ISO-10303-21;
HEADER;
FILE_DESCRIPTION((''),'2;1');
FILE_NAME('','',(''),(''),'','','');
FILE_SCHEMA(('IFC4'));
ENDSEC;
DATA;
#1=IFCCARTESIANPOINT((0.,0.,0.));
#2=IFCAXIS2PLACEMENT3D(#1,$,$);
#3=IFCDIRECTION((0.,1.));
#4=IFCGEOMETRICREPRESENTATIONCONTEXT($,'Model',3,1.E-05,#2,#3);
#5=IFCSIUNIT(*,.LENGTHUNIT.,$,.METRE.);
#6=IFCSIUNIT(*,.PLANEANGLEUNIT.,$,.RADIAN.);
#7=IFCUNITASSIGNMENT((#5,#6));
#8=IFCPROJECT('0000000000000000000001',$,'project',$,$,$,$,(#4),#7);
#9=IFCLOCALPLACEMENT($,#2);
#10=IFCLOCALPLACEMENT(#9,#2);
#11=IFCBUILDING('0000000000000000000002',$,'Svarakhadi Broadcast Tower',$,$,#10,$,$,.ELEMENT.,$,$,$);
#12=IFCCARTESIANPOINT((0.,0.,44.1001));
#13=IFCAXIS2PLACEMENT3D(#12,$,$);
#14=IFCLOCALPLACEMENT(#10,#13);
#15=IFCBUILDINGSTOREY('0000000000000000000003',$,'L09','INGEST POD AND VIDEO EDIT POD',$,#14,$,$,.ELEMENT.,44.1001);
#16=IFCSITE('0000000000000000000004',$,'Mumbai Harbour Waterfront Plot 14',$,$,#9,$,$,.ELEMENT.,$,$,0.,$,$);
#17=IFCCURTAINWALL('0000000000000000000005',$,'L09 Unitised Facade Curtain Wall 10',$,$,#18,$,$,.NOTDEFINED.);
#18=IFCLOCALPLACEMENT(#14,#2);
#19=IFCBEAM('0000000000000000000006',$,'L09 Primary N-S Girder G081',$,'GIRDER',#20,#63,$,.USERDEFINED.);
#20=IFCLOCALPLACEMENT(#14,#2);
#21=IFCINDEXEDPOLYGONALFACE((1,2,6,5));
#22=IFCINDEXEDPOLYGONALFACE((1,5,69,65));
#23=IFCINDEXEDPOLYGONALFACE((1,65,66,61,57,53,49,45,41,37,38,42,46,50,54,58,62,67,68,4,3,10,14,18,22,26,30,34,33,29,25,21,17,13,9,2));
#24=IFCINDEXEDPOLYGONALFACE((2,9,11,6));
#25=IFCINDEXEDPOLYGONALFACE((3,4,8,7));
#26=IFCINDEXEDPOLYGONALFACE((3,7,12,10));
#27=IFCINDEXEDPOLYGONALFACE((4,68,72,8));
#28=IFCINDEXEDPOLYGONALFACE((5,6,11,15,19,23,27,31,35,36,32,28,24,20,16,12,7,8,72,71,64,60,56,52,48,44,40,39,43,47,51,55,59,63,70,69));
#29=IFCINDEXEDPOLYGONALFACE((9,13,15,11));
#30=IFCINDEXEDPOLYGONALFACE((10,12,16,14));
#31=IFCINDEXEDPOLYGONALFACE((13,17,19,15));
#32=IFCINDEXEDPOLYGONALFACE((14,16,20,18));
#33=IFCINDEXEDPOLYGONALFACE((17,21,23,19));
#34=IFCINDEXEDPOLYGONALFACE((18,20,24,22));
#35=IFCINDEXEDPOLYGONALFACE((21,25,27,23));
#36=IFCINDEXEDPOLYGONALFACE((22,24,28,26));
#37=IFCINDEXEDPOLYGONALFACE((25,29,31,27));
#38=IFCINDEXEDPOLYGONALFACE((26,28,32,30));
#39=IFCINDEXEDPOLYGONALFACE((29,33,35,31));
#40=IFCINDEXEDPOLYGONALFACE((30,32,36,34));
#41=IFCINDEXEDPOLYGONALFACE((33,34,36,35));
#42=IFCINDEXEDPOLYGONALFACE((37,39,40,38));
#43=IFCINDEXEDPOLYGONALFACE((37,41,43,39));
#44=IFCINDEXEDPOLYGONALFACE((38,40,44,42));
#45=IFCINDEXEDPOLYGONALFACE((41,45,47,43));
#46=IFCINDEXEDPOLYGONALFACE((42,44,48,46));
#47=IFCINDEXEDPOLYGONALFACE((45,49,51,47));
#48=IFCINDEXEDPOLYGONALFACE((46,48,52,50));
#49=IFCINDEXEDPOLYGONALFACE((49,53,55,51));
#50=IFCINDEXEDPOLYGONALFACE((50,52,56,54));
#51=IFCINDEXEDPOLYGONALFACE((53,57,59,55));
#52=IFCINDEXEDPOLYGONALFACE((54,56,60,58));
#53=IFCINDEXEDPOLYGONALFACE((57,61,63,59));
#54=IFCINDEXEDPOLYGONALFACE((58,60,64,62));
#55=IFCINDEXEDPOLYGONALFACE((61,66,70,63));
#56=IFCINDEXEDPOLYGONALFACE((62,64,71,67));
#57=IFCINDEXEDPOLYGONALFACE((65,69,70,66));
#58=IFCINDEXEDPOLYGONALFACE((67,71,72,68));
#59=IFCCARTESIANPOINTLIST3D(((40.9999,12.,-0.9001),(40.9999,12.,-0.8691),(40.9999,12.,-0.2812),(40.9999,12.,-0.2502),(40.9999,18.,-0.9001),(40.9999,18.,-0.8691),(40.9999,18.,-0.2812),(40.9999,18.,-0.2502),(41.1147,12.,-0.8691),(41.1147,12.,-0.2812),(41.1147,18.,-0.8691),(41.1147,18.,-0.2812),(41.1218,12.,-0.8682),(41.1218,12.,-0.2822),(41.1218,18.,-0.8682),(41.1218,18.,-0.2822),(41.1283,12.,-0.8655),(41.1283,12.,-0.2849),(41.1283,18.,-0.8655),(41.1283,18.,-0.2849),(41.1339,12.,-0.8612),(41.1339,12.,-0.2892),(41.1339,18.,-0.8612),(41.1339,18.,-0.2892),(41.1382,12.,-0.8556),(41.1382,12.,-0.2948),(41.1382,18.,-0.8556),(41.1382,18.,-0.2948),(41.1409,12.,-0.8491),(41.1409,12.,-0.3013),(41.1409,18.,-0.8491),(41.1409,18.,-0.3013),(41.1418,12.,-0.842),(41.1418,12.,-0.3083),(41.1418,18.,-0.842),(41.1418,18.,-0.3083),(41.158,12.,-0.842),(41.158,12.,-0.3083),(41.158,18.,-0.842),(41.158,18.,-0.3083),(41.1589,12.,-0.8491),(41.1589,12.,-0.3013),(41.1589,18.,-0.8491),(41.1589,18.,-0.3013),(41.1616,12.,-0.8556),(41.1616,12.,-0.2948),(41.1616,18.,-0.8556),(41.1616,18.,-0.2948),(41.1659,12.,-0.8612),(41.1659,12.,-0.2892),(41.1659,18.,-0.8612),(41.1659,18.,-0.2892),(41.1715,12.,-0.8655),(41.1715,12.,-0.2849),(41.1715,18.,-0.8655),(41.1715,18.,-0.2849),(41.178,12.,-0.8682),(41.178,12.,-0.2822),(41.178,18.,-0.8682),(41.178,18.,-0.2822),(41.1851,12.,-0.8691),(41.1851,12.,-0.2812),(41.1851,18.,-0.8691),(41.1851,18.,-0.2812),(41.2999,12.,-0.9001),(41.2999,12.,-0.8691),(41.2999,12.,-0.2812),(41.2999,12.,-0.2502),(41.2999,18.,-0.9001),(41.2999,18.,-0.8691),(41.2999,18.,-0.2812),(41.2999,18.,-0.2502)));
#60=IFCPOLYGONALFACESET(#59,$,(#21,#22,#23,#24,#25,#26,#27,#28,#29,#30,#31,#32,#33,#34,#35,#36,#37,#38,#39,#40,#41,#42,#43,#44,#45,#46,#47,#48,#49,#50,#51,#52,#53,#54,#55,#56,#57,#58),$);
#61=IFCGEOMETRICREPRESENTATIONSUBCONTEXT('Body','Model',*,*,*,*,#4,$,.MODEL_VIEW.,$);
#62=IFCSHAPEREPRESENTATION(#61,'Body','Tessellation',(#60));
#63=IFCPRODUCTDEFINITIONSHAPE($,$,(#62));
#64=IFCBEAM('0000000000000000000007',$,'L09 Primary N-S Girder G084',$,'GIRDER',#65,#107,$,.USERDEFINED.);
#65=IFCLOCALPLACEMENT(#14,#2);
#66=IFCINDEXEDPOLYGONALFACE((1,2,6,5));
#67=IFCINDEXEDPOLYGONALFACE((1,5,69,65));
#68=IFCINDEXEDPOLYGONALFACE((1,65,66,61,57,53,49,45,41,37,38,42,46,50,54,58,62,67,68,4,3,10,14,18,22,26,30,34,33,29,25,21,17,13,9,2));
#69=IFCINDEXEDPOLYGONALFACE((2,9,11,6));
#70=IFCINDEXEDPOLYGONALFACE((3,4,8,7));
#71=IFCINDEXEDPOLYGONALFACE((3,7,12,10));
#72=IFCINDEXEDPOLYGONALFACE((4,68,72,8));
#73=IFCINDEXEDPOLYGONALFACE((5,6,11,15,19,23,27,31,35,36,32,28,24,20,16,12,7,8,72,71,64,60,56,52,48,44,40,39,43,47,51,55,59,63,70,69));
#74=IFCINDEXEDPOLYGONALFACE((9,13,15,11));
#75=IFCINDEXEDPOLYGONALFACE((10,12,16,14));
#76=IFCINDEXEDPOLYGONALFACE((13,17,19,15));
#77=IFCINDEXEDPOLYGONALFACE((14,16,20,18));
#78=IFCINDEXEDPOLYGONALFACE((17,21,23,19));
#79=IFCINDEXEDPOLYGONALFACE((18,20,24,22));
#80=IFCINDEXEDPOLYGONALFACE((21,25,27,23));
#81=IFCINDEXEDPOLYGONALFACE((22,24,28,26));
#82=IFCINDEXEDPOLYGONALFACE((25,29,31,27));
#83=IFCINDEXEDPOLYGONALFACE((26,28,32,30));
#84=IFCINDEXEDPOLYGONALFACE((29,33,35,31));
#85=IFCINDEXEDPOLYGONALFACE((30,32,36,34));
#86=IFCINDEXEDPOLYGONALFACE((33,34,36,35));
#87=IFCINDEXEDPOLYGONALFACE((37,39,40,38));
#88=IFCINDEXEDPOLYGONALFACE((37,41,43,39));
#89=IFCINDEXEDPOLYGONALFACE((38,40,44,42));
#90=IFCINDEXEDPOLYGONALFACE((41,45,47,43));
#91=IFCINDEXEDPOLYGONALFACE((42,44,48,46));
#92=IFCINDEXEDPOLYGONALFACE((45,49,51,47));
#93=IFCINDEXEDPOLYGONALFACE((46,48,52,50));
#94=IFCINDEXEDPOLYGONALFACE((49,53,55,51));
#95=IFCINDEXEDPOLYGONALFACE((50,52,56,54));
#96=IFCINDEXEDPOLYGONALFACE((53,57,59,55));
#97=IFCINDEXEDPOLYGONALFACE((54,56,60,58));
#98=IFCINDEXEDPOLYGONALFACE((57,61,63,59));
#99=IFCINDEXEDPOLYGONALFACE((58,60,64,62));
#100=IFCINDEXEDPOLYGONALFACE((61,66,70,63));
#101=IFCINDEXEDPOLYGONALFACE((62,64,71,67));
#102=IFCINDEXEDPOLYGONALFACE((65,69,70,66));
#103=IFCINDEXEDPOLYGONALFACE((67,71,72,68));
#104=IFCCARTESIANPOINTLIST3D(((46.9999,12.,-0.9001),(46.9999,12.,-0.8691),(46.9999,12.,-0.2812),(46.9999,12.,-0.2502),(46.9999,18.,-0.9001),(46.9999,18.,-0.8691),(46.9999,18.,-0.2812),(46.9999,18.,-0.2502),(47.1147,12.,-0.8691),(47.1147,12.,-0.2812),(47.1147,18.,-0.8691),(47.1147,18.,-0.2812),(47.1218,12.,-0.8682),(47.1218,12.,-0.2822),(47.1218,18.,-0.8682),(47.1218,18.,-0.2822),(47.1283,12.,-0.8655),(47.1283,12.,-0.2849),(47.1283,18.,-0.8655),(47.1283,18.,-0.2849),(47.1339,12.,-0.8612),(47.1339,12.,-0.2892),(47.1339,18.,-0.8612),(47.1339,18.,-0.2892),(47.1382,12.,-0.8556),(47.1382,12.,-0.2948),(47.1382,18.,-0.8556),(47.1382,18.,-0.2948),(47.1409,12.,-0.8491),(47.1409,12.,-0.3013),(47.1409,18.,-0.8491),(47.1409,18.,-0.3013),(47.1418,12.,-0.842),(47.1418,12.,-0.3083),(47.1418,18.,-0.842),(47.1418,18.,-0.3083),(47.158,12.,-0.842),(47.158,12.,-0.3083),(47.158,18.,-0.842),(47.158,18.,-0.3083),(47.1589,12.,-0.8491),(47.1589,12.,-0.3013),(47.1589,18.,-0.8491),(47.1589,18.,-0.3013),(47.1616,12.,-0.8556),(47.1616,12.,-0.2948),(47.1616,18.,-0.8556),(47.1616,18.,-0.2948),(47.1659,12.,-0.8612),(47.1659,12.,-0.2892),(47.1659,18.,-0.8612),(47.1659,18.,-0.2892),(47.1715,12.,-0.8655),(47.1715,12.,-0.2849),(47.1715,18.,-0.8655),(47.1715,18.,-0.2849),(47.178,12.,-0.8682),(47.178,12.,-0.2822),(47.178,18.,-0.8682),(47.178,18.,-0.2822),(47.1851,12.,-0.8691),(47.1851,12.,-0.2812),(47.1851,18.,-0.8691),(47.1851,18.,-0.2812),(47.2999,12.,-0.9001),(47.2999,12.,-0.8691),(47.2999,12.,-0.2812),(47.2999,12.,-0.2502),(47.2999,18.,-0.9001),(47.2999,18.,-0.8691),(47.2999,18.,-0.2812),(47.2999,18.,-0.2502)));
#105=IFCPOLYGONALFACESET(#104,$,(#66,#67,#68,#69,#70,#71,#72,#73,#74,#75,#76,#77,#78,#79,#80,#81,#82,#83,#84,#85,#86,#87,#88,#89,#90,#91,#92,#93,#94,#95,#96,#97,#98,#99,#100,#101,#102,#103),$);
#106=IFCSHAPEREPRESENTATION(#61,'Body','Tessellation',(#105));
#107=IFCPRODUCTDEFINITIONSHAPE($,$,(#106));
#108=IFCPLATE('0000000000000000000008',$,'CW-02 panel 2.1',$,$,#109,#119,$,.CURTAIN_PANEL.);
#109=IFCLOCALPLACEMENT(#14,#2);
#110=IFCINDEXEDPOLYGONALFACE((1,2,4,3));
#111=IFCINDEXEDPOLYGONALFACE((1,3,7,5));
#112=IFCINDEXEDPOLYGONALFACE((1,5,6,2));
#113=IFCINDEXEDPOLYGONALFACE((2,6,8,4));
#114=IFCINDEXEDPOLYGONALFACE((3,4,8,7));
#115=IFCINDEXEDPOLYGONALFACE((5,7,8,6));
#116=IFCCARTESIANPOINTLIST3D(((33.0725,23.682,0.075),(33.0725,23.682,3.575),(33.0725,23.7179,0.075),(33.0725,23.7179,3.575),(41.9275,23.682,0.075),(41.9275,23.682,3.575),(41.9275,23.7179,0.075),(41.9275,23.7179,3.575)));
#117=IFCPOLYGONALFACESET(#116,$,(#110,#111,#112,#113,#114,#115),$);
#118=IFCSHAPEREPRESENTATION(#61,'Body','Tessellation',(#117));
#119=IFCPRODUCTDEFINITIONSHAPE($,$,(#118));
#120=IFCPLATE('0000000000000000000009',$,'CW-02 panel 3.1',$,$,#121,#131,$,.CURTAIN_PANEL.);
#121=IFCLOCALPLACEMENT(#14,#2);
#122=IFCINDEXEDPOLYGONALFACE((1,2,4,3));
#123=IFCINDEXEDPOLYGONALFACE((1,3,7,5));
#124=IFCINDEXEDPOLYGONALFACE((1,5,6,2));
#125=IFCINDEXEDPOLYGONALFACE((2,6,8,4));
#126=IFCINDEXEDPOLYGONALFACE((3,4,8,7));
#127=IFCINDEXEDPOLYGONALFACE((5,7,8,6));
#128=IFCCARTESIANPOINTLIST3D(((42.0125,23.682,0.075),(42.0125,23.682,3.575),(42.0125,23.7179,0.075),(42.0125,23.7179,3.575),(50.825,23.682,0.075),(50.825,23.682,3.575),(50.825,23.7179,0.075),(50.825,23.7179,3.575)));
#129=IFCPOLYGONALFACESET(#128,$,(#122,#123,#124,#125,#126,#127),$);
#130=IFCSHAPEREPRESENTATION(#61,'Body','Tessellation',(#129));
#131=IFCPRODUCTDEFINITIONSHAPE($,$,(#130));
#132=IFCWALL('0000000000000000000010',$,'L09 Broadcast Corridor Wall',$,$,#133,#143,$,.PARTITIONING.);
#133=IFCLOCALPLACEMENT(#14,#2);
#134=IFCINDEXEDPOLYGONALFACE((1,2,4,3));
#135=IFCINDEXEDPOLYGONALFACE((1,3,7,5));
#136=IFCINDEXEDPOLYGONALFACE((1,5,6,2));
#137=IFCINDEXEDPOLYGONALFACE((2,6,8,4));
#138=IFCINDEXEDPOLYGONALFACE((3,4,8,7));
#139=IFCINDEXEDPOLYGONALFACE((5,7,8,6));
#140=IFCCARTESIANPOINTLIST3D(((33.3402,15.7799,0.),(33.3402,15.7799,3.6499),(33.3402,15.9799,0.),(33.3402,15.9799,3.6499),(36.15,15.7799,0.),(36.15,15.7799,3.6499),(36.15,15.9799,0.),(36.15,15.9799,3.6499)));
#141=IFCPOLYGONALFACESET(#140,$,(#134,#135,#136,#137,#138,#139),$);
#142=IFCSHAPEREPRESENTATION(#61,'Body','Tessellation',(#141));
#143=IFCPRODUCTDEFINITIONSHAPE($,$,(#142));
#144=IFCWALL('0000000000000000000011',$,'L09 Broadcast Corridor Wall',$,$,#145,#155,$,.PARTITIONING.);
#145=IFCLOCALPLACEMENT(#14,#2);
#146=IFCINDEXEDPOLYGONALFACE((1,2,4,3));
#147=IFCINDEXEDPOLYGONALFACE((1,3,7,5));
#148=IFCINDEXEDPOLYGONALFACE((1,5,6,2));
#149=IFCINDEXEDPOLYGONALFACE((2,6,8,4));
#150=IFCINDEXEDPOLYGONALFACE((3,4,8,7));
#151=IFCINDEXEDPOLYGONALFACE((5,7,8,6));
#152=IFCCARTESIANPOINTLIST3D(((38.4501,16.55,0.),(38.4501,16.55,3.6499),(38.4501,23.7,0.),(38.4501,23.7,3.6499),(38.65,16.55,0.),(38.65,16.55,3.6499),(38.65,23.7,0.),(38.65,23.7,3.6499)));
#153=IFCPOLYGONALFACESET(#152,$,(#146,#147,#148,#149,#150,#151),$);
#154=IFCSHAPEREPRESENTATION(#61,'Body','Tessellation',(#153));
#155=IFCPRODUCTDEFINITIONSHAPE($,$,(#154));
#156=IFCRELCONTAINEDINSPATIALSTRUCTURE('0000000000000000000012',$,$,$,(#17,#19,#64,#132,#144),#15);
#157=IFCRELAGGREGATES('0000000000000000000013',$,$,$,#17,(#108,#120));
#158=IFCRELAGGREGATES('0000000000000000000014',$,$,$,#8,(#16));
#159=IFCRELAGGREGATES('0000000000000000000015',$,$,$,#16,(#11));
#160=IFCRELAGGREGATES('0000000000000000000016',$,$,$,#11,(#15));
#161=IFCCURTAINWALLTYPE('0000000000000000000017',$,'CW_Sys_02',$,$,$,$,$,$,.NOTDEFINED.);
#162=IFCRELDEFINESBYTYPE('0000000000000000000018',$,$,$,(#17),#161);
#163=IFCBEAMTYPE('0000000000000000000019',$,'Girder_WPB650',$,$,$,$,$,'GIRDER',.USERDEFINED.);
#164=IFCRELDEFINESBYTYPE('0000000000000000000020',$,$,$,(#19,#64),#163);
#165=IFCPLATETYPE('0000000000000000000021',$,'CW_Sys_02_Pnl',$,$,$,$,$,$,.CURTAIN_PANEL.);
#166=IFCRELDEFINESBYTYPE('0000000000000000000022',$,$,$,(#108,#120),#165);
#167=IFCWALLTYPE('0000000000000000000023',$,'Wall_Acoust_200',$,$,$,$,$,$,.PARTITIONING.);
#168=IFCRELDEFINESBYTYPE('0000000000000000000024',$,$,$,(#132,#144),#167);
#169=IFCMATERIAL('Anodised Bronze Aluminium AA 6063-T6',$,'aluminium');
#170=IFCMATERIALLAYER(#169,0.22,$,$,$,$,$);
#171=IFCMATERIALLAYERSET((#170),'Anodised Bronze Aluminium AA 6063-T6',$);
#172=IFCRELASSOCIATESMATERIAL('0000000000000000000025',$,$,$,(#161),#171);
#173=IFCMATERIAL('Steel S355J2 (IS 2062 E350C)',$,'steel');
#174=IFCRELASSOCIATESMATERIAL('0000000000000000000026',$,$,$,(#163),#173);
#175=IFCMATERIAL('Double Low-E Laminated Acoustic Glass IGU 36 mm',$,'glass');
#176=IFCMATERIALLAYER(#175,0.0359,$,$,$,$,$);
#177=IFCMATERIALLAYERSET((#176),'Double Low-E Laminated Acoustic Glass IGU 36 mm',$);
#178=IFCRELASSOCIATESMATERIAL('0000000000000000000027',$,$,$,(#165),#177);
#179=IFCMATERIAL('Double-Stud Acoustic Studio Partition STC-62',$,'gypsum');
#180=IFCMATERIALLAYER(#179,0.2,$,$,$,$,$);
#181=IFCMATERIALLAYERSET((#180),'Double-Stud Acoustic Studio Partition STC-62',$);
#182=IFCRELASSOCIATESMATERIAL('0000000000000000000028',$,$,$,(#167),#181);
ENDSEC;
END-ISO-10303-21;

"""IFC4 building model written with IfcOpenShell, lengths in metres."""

from ifc_helpers import new_model, si_unit, direction, frame, frame_2d, origin, origin_2d, place, context, subcontext, project, spatial, rectangle, i_section, extrude, material, layer, layer_set, material_profile, profile_set, type_object, element, aggregate, save


model = new_model("IFC4")

# Units and contexts
model_context = context("Model", 3, precision=1e-05, world=origin(), true_north=direction((0.0, 1.0)))
body_context = subcontext(model_context, "Body", "Model", "MODEL_VIEW")
ifc_project = project(units=[si_unit("LENGTHUNIT", "METRE"), si_unit("PLANEANGLEUNIT", "RADIAN")], contexts=[model_context])

# Site, building, storey
site_placement = place(None, origin())
site = spatial("IfcSite", under=ifc_project, at=site_placement, Name="Mumbai Harbour Waterfront Plot 14", CompositionType="ELEMENT", RefElevation=0.0)
building_placement = place(site_placement, origin())
building = spatial("IfcBuilding", under=site, at=building_placement, Name="Svarakhadi Broadcast Tower", CompositionType="ELEMENT")
storey_placement = place(building_placement, frame((0.0, 0.0, 44.1001)))
storey = spatial("IfcBuildingStorey", under=building, at=storey_placement, Name="L09", Description="INGEST POD AND VIDEO EDIT POD", CompositionType="ELEMENT", Elevation=44.1001)

# Shared definitions
ifc_material_1 = material(Name="Steel S355J2 (IS 2062 E350C)", Category="steel")

# Curtain wall
ifc_material_2 = material(Name="Anodised Bronze Aluminium AA 6063-T6", Category="aluminium")
ifc_layer_1 = layer(ifc_material_2, 0.22)
ifc_layer_set_1 = layer_set([ifc_layer_1], Name="Anodised Bronze Aluminium AA 6063-T6")
curtain_wall_type = type_object("IfcCurtainWallType", Name="CW_Sys_02", PredefinedType="NOTDEFINED", material=ifc_layer_set_1)
curtain_wall_1_placement = place(storey_placement, origin())
curtain_wall_1 = element("IfcCurtainWall", 1, at=curtain_wall_1_placement, inside=storey, type_object=curtain_wall_type, Name="L09 Unitised Facade Curtain Wall 10", PredefinedType="NOTDEFINED")

# Beams
ifc_material_profile_1 = material_profile(ifc_material_1, i_section(OverallWidth=0.3, OverallDepth=0.6499, WebThickness=0.0161, FlangeThickness=0.031, FilletRadius=0.0271, at=origin_2d()), Name="WPB 650x300x225")
ifc_profile_set_1 = profile_set([ifc_material_profile_1], Name="Steel S355J2 (IS 2062 E350C)")
beam_type_1 = type_object("IfcBeamType", Name="Girder_WPB650", ElementType="GIRDER", PredefinedType="USERDEFINED", material=ifc_profile_set_1)
for number, where, z_axis, x_axis, name in (
    (2, (41.1499, 12.0, -0.5752), (0.0, 1.0, 0.0), (-1.0, 0.0, 0.0), "L09 Primary N-S Girder G081"),
    (3, (47.1499, 12.0, -0.5752), (0.0, 1.0, 0.0), (-1.0, 0.0, 0.0), "L09 Primary N-S Girder G084"),
):
    element("IfcBeam", number, at=place(storey_placement, frame(where, z_axis=z_axis, x_axis=x_axis)), inside=storey, type_object=beam_type_1, Name=name, ObjectType="GIRDER", PredefinedType="USERDEFINED", context=body_context, shape_type="SweptSolid", body=[
        extrude(i_section(OverallWidth=0.3, OverallDepth=0.6499, WebThickness=0.0161, FlangeThickness=0.031, FilletRadius=0.0271, at=origin_2d()), origin(), (0.0, 0.0, 1.0), 6.0),
    ])

# Plates
ifc_material_3 = material(Name="Double Low-E Laminated Acoustic Glass IGU 36 mm", Category="glass")
ifc_layer_2 = layer(ifc_material_3, 0.0359)
ifc_layer_set_2 = layer_set([ifc_layer_2], Name="Double Low-E Laminated Acoustic Glass IGU 36 mm")
plate_type = type_object("IfcPlateType", Name="CW_Sys_02_Pnl", PredefinedType="CURTAIN_PANEL", material=ifc_layer_set_2)
plate_1_placement = place(storey_placement, frame((37.5, 23.7, 0.075), z_axis=(0.0, 0.0, 1.0), x_axis=(1.0, 0.0, 0.0)))
plate_1 = element("IfcPlate", 4, at=plate_1_placement, type_object=plate_type, Name="CW-02 panel 2.1", PredefinedType="CURTAIN_PANEL", context=body_context, shape_type="SweptSolid", body=[
    extrude(rectangle(XDim=8.855, YDim=0.0359, at=origin_2d()), origin(), (0.0, 0.0, 1.0), 3.5),
])
plate_2_placement = place(storey_placement, frame((46.4187, 23.7, 0.075), z_axis=(0.0, 0.0, 1.0), x_axis=(1.0, 0.0, 0.0)))
plate_2 = element("IfcPlate", 5, at=plate_2_placement, type_object=plate_type, Name="CW-02 panel 3.1", PredefinedType="CURTAIN_PANEL", context=body_context, shape_type="SweptSolid", body=[
    extrude(rectangle(XDim=8.8125, YDim=0.0359, at=origin_2d()), origin(), (0.0, 0.0, 1.0), 3.5),
])
aggregate(curtain_wall_1, [plate_1, plate_2])

# Walls
ifc_material_4 = material(Name="Double-Stud Acoustic Studio Partition STC-62", Category="gypsum")
ifc_layer_3 = layer(ifc_material_4, 0.2)
ifc_layer_set_3 = layer_set([ifc_layer_3], Name="Double-Stud Acoustic Studio Partition STC-62")
wall_type_1 = type_object("IfcWallType", Name="Wall_Acoust_200", PredefinedType="PARTITIONING", material=ifc_layer_set_3)
wall_1_placement = place(storey_placement, frame((36.1499, 15.8799, 0.0), z_axis=(0.0, 0.0, 1.0), x_axis=(-1.0, 0.0, 0.0)))
element("IfcWall", 6, at=wall_1_placement, inside=storey, type_object=wall_type_1, Name="L09 Broadcast Corridor Wall", PredefinedType="PARTITIONING", context=body_context, shape_type="SweptSolid", body=[
    extrude(rectangle(XDim=2.8098, YDim=0.2, at=frame_2d((1.4048, 0.0))), origin(), (0.0, 0.0, 1.0), 3.6499),
])
wall_2_placement = place(storey_placement, frame((38.55, 23.7, 0.0), z_axis=(0.0, 0.0, 1.0), x_axis=(0.0, -1.0, 0.0)))
element("IfcWall", 7, at=wall_2_placement, inside=storey, type_object=wall_type_1, Name="L09 Broadcast Corridor Wall", PredefinedType="PARTITIONING", context=body_context, shape_type="SweptSolid", body=[
    extrude(rectangle(XDim=7.1499, YDim=0.2, at=frame_2d((3.575, 0.0))), origin(), (0.0, 0.0, 1.0), 3.6499),
])

save(model, "model.ifc")
